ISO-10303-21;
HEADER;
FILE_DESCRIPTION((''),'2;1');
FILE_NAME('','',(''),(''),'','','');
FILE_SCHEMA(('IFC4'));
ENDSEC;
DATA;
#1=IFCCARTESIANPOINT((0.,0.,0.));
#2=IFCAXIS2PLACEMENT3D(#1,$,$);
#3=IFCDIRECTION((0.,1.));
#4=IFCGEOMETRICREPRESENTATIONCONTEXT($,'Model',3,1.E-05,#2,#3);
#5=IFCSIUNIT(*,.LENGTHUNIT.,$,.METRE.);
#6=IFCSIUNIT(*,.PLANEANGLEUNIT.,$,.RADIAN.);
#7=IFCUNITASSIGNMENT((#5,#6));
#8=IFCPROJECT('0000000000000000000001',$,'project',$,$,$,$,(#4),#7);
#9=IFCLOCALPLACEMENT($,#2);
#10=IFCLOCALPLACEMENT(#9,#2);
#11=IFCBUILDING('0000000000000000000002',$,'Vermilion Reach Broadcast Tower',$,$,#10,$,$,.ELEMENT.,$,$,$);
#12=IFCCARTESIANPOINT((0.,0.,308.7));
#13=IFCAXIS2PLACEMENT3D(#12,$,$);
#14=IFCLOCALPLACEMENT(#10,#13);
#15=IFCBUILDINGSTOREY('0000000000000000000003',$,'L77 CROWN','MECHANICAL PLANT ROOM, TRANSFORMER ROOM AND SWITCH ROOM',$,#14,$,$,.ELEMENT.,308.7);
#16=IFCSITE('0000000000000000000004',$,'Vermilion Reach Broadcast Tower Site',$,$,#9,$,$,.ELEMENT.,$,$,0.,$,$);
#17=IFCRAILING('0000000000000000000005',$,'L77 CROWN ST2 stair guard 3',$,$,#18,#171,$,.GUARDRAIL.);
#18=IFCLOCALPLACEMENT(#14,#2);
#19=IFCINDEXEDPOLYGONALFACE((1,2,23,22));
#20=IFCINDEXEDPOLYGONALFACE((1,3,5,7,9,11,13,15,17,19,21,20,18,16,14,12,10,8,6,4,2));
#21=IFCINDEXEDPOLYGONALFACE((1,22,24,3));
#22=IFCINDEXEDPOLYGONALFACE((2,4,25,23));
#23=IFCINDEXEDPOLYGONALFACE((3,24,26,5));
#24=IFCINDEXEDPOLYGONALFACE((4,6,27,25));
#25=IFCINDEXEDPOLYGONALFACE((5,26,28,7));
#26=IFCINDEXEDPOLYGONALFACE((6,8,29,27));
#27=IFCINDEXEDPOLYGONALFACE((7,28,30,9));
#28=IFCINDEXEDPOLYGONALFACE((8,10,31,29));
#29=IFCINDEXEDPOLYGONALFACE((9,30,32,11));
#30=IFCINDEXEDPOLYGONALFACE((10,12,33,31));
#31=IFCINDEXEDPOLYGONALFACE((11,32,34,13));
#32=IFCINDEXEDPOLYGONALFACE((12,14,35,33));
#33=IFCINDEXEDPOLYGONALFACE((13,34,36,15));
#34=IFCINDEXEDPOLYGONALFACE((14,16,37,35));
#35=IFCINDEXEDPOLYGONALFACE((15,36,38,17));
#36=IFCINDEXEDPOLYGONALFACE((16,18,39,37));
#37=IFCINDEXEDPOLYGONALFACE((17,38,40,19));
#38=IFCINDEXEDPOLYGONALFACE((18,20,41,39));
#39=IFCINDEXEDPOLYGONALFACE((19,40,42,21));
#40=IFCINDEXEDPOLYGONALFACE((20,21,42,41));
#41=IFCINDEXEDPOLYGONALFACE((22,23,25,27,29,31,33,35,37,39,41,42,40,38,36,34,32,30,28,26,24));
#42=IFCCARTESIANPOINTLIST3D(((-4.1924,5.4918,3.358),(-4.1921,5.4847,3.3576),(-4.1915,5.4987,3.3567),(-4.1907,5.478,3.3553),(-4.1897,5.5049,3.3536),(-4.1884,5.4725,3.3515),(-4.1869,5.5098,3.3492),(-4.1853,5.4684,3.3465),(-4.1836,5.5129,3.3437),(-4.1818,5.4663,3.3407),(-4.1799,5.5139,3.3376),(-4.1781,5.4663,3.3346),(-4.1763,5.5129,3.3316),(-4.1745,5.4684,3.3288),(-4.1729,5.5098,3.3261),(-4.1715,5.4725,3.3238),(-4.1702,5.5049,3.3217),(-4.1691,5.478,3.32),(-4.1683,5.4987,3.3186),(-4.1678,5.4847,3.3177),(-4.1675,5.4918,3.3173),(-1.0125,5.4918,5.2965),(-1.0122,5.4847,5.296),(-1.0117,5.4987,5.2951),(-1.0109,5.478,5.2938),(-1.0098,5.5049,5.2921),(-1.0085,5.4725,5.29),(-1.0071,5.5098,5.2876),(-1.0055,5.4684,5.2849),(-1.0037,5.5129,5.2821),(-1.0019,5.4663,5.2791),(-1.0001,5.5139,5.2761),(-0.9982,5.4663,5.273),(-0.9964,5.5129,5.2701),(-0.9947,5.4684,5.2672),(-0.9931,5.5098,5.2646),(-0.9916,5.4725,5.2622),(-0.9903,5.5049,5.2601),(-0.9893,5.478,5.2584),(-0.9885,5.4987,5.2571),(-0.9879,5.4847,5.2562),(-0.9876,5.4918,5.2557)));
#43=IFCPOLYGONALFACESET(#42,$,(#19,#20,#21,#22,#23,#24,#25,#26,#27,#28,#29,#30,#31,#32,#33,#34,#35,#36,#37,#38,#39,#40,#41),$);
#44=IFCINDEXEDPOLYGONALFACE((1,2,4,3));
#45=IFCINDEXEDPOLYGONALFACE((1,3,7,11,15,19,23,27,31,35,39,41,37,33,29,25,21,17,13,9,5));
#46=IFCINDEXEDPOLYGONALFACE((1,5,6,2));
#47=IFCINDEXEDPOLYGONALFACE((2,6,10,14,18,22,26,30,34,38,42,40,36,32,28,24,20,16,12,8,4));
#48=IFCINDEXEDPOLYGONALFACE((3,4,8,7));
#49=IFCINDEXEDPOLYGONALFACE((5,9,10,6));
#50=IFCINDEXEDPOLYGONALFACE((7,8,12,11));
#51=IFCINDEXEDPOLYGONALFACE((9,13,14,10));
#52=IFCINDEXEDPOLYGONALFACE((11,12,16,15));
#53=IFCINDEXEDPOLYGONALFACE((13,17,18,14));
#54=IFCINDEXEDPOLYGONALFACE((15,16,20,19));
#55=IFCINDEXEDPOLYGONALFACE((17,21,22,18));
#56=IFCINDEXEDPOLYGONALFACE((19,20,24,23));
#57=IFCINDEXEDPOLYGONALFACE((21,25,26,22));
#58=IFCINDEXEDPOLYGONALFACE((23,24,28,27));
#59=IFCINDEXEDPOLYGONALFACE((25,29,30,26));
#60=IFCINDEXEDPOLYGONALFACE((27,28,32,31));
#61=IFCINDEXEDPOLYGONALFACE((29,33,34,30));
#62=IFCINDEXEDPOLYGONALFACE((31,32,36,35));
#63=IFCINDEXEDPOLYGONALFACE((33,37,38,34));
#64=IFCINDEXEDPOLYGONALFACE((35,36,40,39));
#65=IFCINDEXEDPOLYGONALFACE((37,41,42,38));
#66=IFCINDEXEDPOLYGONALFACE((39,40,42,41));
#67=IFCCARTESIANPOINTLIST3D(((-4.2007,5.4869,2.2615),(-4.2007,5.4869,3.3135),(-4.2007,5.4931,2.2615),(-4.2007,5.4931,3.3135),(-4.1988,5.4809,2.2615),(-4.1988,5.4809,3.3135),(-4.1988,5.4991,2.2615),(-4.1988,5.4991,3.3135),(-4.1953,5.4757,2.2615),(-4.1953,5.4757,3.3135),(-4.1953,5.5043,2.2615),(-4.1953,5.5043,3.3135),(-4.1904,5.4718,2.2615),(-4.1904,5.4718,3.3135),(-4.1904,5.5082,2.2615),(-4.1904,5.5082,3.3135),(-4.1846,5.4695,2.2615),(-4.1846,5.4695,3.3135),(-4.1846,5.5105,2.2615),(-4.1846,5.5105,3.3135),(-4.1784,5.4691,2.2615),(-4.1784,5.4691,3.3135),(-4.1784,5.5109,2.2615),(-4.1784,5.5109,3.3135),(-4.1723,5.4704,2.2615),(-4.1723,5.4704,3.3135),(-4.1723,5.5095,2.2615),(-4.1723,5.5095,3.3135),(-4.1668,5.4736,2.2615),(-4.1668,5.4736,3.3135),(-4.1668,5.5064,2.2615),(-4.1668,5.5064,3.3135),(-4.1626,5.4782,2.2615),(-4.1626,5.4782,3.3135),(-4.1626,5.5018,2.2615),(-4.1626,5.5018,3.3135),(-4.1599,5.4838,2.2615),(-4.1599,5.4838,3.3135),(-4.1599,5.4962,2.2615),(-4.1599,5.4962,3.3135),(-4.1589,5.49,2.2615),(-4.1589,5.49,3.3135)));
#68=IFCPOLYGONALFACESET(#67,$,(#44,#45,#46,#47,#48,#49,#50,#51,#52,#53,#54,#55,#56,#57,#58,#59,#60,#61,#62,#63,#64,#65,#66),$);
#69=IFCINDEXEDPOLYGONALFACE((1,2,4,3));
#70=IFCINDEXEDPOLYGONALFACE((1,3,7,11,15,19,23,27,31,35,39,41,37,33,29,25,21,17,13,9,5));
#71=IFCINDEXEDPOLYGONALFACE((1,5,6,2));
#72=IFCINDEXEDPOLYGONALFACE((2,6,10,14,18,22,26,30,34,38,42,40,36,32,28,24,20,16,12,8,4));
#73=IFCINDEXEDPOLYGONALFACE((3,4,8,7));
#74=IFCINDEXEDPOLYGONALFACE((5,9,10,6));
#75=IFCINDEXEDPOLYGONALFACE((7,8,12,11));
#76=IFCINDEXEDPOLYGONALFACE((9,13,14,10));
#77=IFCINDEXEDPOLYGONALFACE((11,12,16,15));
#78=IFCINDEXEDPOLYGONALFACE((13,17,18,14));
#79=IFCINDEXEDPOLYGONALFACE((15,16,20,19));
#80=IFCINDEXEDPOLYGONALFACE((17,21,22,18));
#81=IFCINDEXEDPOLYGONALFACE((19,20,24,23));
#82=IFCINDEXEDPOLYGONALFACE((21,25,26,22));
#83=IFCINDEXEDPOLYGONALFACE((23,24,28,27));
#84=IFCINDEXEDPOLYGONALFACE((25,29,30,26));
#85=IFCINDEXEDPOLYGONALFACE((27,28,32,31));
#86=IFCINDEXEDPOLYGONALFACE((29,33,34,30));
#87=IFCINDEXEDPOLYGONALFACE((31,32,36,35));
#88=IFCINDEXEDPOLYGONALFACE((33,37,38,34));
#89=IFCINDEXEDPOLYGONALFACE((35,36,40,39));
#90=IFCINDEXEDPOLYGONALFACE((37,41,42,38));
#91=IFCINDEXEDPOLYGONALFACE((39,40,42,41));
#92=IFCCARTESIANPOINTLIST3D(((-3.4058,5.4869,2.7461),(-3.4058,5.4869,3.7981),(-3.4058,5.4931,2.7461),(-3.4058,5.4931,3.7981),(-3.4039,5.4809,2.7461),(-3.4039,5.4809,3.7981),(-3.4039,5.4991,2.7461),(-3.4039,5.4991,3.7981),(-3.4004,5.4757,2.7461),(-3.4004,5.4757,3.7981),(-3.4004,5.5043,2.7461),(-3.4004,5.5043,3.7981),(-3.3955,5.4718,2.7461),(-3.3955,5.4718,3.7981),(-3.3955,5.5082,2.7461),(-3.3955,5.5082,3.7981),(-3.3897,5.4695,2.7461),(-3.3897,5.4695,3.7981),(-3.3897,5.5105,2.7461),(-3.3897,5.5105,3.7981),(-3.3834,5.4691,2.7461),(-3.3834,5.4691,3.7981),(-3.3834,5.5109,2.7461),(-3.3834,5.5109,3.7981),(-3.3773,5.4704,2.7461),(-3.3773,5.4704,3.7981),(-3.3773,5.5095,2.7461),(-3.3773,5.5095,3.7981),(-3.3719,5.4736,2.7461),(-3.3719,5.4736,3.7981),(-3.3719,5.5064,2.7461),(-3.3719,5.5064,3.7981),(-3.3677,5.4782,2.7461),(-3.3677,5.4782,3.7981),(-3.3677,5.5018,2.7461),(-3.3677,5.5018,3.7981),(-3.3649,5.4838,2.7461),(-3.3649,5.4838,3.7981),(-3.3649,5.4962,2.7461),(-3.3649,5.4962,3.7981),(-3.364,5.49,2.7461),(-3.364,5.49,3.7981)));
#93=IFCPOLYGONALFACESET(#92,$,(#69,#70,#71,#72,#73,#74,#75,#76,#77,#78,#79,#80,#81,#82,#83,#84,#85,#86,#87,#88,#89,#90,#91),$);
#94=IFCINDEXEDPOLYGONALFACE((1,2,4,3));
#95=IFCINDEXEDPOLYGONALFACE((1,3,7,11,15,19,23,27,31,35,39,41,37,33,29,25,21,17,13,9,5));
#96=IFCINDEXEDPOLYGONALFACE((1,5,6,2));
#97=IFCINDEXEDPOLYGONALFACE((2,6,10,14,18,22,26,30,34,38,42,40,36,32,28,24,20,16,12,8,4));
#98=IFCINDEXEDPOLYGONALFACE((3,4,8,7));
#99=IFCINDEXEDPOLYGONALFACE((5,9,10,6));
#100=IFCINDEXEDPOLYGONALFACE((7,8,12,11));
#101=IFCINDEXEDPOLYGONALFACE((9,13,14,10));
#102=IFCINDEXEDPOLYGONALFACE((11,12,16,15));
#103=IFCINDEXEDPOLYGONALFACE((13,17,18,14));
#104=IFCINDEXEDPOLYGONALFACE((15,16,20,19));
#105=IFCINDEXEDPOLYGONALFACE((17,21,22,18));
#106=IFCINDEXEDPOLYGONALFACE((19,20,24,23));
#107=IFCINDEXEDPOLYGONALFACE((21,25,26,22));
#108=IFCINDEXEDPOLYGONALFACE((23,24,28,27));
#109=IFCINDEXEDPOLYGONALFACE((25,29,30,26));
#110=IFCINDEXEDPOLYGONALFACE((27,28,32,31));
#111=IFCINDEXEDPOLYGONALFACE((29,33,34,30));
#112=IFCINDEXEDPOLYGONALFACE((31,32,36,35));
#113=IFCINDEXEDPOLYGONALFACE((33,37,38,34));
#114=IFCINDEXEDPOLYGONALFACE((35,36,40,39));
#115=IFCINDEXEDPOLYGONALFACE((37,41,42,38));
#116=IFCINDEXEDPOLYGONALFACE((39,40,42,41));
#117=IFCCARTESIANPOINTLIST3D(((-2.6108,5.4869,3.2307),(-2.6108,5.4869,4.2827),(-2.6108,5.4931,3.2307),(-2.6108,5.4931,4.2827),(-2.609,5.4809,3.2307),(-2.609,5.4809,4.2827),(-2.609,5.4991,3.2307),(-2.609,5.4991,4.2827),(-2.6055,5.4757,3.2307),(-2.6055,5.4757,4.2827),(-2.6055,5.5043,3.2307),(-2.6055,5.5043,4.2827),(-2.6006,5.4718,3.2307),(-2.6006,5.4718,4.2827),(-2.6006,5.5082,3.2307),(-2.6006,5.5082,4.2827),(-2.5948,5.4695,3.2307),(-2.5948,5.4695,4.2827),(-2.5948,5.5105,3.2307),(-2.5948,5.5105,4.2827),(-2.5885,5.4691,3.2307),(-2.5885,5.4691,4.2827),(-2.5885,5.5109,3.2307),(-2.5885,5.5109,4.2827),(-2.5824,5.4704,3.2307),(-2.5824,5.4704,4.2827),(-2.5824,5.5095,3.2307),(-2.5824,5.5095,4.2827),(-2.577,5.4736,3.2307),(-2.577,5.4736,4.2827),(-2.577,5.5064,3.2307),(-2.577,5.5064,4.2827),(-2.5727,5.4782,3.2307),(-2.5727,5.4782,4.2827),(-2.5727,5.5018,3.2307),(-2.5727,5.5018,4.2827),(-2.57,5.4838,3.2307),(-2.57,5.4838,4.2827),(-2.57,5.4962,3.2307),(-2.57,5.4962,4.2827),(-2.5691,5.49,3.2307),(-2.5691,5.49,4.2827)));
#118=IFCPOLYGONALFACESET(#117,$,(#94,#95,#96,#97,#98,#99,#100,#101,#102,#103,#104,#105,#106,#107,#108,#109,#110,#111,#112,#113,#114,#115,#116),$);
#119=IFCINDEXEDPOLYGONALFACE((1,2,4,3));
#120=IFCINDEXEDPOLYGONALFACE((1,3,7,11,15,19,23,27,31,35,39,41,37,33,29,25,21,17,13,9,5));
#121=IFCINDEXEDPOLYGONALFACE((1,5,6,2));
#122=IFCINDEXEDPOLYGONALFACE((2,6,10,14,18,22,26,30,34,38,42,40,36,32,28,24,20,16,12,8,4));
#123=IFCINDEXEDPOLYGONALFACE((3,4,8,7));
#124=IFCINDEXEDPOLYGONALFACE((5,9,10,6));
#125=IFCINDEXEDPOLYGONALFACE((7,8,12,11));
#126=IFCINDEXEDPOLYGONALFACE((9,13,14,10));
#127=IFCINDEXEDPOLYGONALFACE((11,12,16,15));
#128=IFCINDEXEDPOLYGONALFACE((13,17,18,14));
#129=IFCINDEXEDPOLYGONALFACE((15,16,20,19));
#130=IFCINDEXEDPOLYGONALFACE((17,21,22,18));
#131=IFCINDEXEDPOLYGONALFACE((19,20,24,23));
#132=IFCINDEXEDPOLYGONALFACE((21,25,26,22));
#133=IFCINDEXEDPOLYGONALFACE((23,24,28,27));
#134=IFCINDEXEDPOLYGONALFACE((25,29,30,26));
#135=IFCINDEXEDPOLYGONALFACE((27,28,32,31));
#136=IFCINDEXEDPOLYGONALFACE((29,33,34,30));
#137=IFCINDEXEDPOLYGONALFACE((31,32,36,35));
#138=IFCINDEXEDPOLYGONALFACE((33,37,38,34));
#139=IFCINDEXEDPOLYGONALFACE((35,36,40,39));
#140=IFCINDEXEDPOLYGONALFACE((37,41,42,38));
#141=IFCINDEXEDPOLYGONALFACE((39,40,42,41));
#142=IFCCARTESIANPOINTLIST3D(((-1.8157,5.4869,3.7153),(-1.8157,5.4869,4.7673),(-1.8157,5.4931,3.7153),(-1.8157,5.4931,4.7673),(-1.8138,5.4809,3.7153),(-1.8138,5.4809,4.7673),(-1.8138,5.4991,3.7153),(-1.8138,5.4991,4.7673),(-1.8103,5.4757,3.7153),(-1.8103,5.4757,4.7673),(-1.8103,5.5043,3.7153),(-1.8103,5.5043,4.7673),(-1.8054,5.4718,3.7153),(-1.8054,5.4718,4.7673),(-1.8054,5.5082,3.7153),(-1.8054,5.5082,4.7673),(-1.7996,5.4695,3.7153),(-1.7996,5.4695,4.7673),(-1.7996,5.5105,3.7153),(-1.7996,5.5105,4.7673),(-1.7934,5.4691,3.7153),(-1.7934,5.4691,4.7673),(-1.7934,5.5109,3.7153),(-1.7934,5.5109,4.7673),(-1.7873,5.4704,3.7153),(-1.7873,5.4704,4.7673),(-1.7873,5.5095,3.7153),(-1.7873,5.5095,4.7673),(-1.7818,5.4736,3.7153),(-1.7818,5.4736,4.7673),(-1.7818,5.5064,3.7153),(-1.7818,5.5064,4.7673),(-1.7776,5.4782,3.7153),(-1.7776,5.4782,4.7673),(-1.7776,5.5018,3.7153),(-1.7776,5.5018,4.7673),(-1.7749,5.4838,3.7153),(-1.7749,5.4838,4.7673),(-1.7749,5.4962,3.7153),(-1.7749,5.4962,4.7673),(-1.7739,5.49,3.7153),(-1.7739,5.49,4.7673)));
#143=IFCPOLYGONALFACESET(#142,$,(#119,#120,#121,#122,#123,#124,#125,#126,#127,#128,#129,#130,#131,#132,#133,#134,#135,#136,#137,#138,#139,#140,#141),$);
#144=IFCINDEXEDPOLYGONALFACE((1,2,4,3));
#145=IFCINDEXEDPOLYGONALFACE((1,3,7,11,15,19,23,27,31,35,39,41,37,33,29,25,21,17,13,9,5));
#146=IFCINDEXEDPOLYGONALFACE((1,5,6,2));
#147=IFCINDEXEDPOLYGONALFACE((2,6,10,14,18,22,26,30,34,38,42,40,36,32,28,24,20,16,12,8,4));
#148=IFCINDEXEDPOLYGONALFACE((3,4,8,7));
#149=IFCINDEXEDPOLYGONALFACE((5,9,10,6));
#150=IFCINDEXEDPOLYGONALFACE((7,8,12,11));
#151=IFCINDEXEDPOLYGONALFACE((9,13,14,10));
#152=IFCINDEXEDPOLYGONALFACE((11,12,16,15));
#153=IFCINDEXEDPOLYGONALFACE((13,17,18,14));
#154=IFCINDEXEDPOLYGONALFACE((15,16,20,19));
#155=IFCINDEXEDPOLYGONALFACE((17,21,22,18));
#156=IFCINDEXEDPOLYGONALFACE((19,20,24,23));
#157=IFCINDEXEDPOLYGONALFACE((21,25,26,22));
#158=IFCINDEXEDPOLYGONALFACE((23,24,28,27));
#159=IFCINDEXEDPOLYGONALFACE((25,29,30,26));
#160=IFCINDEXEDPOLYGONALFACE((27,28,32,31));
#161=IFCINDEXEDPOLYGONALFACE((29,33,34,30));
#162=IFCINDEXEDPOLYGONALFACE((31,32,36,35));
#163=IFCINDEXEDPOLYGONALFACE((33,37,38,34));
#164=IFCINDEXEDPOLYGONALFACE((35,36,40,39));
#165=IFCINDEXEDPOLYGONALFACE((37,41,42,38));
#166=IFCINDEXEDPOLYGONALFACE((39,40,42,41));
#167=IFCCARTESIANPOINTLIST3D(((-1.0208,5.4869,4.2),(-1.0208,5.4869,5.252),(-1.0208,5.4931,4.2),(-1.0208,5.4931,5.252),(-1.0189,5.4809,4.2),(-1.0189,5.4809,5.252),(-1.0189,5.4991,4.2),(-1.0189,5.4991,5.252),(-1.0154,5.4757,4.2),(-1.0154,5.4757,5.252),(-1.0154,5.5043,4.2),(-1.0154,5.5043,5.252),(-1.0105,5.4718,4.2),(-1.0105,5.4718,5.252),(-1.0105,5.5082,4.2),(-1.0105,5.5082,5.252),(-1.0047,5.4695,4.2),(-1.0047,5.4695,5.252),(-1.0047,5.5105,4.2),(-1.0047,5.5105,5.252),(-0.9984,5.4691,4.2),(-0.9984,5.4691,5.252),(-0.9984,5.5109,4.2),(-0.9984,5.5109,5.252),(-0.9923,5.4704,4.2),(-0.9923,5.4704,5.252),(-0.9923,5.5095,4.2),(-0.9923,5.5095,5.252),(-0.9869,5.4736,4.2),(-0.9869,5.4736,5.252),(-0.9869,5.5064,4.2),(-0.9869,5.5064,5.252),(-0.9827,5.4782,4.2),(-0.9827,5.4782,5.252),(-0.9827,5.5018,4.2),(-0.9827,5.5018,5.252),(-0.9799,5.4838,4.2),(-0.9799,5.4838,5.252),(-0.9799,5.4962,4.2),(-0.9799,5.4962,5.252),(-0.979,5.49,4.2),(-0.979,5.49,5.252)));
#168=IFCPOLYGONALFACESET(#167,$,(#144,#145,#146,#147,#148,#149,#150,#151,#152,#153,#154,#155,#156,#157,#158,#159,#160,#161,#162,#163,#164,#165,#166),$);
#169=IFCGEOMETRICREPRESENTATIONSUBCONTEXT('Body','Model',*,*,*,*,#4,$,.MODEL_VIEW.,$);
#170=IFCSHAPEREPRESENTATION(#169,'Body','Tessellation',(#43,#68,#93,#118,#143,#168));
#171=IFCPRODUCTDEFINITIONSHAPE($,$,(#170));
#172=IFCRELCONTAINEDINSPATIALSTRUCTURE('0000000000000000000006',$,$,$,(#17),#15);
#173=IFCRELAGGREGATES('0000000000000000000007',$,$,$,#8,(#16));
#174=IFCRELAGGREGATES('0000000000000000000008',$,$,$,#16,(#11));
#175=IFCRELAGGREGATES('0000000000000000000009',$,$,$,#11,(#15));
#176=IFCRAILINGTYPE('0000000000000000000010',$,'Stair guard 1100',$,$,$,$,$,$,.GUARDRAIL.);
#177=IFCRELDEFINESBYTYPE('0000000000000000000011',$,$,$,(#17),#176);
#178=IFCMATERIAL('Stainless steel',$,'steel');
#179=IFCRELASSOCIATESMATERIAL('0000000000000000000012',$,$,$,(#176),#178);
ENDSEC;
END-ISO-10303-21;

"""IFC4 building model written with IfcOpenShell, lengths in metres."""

from ifc_helpers import new_model, si_unit, direction, frame, origin, origin_2d, place, context, subcontext, project, spatial, circle, extrude, material, type_object, element, save


model = new_model("IFC4")

# Units and contexts
model_context = context("Model", 3, precision=1e-05, world=origin(), true_north=direction((0.0, 1.0)))
body_context = subcontext(model_context, "Body", "Model", "MODEL_VIEW")
ifc_project = project(units=[si_unit("LENGTHUNIT", "METRE"), si_unit("PLANEANGLEUNIT", "RADIAN")], contexts=[model_context])

# Site, building, storey
site_placement = place(None, origin())
site = spatial("IfcSite", under=ifc_project, at=site_placement, Name="Vermilion Reach Broadcast Tower Site", CompositionType="ELEMENT", RefElevation=0.0)
building_placement = place(site_placement, origin())
building = spatial("IfcBuilding", under=site, at=building_placement, Name="Vermilion Reach Broadcast Tower", CompositionType="ELEMENT")
storey_placement = place(building_placement, frame((0.0, 0.0, 308.7)))
storey = spatial("IfcBuildingStorey", under=building, at=storey_placement, Name="L77 CROWN", Description="MECHANICAL PLANT ROOM, TRANSFORMER ROOM AND SWITCH ROOM", CompositionType="ELEMENT", Elevation=308.7)

# Railing
ifc_material_1 = material(Name="Stainless steel", Category="steel")
railing_type_1 = type_object("IfcRailingType", Name="Stair guard 1100", PredefinedType="GUARDRAIL", material=ifc_material_1)
railing_1_placement = place(storey_placement, frame((-4.1799, 5.49, 2.2615)))
element("IfcRailing", 1, at=railing_1_placement, inside=storey, type_object=railing_type_1, Name="L77 CROWN ST2 stair guard 3", PredefinedType="GUARDRAIL", context=body_context, shape_type="SweptSolid", body=[
    extrude(circle(Radius=0.0239, at=origin_2d()), frame((0.0, 0.0, 1.0762), z_axis=(0.853857, 0.0, 0.520508), x_axis=(0.0, 1.0, 0.0)), (0.0, 0.0, 1.0), 3.7241),
    extrude(circle(Radius=0.021, at=origin_2d()), origin(), (0.0, 0.0, 1.0), 1.052),
    extrude(circle(Radius=0.021, at=origin_2d()), frame((0.7949, 0.0, 0.4846)), (0.0, 0.0, 1.0), 1.052),
    extrude(circle(Radius=0.021, at=origin_2d()), frame((1.5898, 0.0, 0.9692)), (0.0, 0.0, 1.0), 1.052),
    extrude(circle(Radius=0.021, at=origin_2d()), frame((2.385, 0.0, 1.4539)), (0.0, 0.0, 1.0), 1.052),
    extrude(circle(Radius=0.021, at=origin_2d()), frame((3.1799, 0.0, 1.9385)), (0.0, 0.0, 1.0), 1.052),
])

save(model, "model.ifc")
